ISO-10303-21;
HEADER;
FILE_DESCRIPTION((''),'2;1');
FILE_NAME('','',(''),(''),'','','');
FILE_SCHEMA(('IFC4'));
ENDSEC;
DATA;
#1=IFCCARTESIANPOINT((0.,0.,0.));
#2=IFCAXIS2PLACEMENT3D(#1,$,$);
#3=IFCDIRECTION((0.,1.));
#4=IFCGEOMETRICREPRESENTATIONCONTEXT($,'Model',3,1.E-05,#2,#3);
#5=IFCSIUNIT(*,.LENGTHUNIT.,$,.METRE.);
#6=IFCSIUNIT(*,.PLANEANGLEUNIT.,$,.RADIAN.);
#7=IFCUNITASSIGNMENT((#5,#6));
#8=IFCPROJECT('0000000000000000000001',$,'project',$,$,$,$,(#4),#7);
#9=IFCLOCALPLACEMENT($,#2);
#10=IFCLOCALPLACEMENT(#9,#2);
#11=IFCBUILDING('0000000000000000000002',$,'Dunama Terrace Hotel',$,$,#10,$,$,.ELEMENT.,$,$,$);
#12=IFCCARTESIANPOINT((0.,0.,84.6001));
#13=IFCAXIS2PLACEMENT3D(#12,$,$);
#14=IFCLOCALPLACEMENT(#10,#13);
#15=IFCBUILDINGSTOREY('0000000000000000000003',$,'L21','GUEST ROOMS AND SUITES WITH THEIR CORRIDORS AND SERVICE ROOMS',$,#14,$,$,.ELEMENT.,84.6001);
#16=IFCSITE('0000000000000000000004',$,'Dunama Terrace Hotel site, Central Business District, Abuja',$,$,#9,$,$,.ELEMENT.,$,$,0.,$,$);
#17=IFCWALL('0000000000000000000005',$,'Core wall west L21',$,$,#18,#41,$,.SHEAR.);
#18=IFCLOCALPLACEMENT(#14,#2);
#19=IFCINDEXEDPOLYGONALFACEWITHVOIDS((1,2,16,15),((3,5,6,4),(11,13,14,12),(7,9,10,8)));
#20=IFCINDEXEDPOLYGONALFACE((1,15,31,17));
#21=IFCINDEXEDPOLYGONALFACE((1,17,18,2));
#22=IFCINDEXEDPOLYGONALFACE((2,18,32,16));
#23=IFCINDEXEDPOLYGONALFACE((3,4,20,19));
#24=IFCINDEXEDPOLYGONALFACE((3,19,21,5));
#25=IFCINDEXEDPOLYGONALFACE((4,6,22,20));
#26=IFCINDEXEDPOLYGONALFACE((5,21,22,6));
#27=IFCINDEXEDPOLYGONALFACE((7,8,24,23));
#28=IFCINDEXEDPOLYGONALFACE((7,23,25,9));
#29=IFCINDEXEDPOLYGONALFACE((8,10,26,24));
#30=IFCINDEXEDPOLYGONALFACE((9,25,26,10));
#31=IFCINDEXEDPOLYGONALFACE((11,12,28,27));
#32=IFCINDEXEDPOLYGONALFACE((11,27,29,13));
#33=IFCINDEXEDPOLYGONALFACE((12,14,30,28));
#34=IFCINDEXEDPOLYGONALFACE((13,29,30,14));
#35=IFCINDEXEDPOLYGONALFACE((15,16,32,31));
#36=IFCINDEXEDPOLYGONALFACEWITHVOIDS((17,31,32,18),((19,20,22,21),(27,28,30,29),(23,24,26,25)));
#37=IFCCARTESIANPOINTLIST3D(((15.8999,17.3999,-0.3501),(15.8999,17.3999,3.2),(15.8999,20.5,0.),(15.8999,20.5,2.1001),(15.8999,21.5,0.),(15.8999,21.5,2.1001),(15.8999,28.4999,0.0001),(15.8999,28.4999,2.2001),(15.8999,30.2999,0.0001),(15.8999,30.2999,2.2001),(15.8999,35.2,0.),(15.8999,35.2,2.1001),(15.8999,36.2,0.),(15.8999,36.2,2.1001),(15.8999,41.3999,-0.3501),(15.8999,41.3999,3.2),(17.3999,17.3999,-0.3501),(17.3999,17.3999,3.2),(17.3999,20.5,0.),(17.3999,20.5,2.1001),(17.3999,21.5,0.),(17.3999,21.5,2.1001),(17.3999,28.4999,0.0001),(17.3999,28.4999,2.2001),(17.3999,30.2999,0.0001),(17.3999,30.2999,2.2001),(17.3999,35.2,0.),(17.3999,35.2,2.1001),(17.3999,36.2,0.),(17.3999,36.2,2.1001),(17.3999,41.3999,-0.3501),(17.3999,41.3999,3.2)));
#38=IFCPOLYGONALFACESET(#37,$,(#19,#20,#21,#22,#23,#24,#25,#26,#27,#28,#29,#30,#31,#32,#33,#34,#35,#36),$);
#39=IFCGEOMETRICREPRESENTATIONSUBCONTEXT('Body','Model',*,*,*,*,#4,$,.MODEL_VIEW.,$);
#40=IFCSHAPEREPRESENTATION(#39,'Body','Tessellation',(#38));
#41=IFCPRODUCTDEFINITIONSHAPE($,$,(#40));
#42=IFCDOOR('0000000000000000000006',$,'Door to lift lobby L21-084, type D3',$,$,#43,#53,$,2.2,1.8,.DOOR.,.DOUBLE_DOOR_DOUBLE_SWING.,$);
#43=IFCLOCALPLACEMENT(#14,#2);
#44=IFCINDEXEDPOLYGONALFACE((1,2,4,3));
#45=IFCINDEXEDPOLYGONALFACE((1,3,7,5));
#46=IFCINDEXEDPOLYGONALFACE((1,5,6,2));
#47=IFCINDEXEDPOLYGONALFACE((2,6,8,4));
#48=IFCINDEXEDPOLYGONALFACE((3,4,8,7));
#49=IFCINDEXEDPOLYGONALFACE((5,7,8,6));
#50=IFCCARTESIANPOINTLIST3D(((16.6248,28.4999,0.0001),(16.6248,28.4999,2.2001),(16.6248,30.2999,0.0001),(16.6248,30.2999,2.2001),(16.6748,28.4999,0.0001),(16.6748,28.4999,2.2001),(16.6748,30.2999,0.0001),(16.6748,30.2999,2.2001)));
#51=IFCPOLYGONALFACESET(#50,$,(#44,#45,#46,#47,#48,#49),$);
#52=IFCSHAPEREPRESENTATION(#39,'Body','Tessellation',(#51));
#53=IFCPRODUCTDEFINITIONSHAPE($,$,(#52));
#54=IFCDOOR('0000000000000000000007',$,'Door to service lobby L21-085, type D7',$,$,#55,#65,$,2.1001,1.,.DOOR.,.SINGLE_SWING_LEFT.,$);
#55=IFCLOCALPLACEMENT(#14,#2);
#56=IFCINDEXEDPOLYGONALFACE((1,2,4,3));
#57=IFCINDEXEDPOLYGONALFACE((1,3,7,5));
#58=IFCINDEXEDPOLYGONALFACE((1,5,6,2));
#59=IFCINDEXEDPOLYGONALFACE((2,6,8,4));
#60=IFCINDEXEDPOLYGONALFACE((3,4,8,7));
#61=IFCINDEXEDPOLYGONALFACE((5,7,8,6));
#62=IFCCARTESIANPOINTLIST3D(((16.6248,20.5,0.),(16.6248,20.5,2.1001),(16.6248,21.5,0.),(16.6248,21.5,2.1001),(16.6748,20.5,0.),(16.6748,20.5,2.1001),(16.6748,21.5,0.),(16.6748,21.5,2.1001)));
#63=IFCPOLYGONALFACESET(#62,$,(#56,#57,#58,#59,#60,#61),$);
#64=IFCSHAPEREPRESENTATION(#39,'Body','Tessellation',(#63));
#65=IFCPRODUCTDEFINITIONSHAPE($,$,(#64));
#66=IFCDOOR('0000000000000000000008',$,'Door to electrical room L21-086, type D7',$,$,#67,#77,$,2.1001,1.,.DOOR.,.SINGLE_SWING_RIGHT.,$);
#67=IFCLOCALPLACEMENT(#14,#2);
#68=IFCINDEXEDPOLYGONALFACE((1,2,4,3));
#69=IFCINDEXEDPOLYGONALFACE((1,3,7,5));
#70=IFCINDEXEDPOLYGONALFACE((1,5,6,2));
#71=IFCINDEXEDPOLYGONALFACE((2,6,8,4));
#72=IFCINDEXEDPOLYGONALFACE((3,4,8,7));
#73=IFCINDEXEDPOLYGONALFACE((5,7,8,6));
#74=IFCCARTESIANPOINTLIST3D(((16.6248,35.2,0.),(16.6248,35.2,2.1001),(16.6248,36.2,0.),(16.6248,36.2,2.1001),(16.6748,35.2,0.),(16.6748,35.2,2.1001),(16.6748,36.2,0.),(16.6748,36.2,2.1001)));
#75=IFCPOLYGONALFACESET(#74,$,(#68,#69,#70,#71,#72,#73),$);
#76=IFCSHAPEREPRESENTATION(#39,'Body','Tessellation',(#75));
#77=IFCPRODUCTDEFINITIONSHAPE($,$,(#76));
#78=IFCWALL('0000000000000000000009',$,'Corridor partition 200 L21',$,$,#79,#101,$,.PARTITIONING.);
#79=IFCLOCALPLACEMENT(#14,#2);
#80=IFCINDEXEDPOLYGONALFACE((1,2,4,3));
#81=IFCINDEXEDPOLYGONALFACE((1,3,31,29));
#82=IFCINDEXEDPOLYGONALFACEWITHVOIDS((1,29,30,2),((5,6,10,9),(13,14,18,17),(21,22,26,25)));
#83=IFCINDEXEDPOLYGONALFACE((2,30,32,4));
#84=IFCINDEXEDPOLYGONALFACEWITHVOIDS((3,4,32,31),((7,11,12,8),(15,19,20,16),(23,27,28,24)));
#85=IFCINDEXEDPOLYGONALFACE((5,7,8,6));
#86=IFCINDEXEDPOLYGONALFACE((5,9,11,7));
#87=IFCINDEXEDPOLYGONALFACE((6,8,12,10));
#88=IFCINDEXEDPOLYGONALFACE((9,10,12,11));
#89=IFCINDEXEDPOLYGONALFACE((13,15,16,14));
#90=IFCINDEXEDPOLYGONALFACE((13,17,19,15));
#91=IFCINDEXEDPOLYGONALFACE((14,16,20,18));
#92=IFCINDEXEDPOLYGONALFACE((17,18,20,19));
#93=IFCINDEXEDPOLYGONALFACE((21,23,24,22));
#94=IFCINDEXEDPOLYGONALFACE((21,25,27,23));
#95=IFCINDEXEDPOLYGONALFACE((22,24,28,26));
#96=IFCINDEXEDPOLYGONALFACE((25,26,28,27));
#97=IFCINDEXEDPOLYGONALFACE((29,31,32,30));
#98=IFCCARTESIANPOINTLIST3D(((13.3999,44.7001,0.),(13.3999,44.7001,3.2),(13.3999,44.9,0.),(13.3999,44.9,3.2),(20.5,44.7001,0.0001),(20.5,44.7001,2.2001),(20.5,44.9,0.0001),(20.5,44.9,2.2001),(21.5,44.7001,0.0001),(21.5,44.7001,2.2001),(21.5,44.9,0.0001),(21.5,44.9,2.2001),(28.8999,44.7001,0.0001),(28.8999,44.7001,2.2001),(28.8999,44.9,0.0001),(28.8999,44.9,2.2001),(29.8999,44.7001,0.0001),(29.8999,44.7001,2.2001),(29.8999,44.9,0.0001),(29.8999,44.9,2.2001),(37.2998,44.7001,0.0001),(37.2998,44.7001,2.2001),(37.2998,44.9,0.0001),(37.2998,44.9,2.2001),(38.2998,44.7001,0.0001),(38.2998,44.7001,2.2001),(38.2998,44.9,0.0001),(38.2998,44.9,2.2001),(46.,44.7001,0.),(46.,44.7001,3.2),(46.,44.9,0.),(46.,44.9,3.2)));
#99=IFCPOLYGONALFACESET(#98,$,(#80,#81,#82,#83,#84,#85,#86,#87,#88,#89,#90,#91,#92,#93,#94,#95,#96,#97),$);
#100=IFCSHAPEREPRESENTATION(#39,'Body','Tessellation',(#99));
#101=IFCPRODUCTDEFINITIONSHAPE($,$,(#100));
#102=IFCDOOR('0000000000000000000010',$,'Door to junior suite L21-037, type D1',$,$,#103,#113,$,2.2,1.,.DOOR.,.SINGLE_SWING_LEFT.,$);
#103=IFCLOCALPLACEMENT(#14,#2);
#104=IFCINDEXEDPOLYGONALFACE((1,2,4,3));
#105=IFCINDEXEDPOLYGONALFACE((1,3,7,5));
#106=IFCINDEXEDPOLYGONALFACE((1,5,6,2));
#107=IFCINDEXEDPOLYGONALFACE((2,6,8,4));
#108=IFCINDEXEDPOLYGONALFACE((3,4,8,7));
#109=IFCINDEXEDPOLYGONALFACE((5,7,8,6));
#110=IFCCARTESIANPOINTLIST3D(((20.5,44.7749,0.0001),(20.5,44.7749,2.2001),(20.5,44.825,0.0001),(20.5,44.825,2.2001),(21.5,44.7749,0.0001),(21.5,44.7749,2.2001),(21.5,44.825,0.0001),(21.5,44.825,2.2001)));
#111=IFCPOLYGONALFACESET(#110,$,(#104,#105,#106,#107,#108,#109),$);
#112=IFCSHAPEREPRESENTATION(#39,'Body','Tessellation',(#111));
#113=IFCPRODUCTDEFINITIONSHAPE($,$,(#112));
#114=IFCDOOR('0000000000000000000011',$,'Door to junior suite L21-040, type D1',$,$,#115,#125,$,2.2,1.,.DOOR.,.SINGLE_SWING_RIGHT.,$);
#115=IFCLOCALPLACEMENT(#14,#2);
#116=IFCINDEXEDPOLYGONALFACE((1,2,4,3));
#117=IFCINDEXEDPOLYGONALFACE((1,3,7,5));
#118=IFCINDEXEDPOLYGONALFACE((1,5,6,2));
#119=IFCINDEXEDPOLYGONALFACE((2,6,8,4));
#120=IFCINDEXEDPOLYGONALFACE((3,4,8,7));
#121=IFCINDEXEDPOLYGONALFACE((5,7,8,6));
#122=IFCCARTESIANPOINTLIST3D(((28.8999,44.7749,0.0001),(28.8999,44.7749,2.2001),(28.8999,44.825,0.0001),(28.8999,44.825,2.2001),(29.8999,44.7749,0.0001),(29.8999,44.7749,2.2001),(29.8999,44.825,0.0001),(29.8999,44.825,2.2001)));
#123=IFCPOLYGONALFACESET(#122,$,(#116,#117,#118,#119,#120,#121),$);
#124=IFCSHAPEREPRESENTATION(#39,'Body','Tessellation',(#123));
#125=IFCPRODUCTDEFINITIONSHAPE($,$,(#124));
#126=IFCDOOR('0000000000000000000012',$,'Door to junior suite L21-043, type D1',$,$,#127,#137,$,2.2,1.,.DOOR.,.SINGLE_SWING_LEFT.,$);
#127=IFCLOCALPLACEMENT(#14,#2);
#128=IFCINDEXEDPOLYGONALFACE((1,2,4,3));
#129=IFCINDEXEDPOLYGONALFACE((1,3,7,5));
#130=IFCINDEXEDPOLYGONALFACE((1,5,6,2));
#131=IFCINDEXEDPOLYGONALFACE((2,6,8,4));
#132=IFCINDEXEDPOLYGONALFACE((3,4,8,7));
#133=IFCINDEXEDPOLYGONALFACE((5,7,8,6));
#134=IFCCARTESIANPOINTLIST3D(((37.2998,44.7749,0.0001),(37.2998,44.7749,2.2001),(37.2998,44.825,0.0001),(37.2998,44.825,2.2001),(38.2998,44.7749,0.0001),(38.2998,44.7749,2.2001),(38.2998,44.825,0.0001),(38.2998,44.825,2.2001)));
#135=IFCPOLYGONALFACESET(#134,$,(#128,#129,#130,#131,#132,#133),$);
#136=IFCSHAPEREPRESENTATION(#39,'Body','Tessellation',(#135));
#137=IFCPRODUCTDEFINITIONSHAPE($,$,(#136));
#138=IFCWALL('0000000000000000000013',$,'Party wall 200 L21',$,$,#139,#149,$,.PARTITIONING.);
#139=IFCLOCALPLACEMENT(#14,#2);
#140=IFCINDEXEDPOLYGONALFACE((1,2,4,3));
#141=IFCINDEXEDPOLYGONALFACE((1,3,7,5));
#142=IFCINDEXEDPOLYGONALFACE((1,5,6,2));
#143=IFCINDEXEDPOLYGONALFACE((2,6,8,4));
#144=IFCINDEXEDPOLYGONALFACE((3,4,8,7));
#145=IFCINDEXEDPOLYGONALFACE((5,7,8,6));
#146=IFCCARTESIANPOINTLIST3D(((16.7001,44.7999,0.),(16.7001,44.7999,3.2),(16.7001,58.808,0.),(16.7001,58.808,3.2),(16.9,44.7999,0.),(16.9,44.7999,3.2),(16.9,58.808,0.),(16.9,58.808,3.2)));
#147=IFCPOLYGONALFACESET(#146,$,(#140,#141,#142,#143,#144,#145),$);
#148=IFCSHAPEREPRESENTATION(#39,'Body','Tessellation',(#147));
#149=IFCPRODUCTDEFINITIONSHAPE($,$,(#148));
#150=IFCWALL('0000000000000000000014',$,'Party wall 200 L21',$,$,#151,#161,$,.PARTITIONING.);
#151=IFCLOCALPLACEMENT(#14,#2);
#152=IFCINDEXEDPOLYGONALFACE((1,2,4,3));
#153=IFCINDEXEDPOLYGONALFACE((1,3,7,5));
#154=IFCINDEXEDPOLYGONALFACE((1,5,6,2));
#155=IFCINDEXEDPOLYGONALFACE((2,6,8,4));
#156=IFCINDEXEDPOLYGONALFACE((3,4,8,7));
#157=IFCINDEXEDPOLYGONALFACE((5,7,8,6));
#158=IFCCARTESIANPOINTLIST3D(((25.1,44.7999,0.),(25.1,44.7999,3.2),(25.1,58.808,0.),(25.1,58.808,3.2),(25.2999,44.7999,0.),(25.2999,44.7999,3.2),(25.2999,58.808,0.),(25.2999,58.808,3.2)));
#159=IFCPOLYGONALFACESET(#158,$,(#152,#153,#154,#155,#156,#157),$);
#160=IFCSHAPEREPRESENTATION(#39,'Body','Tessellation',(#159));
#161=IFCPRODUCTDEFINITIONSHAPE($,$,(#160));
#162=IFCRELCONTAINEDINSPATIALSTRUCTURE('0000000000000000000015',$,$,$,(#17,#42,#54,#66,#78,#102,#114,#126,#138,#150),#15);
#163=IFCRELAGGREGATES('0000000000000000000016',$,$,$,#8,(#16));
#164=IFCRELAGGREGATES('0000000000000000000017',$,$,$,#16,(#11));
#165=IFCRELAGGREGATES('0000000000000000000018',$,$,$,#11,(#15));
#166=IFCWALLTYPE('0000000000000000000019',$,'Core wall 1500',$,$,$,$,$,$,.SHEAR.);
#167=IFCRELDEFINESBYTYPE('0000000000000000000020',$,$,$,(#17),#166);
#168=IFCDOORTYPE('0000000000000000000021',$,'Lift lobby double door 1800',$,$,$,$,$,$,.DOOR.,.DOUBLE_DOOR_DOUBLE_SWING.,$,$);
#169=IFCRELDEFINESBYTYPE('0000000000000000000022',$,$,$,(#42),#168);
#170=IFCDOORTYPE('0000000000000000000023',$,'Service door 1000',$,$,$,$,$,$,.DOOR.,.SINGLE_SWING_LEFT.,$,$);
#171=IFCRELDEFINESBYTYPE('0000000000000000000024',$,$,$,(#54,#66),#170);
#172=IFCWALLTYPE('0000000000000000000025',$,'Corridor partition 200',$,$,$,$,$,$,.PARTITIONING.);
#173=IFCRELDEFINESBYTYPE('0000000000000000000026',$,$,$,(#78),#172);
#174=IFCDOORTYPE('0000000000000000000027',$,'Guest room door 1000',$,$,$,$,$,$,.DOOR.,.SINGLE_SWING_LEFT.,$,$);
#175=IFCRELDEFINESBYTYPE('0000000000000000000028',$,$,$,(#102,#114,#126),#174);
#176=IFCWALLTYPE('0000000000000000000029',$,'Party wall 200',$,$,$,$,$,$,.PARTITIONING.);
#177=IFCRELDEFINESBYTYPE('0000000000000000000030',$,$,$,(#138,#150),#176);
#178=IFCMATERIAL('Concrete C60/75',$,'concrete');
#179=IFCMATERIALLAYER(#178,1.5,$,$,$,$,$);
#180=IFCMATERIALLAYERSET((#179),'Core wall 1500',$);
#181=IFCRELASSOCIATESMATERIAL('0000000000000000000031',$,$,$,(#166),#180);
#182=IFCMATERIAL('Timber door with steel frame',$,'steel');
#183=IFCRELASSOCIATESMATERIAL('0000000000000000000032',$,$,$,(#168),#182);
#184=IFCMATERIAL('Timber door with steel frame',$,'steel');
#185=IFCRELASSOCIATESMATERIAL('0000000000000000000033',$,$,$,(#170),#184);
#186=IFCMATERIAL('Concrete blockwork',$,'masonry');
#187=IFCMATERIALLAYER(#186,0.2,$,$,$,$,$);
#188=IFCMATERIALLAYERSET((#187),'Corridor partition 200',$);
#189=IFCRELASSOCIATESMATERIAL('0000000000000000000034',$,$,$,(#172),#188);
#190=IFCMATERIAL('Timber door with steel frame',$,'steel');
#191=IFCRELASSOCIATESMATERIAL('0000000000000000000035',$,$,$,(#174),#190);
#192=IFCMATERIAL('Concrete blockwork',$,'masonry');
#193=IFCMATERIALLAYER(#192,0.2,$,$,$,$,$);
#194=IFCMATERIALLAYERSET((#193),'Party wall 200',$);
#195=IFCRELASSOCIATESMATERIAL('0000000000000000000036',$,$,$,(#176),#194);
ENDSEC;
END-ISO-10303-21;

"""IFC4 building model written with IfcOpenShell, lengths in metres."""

from ifc_helpers import new_model, si_unit, direction, frame, frame_2d, origin, place, context, subcontext, project, spatial, rectangle, extrude, material, layer, layer_set, type_object, element, fill, save


model = new_model("IFC4")

# Units and contexts
model_context = context("Model", 3, precision=1e-05, world=origin(), true_north=direction((0.0, 1.0)))
body_context = subcontext(model_context, "Body", "Model", "MODEL_VIEW")
ifc_project = project(units=[si_unit("LENGTHUNIT", "METRE"), si_unit("PLANEANGLEUNIT", "RADIAN")], contexts=[model_context])

# Site, building, storey
site_placement = place(None, origin())
site = spatial("IfcSite", under=ifc_project, at=site_placement, Name="Dunama Terrace Hotel site, Central Business District, Abuja", CompositionType="ELEMENT", RefElevation=0.0)
building_placement = place(site_placement, origin())
building = spatial("IfcBuilding", under=site, at=building_placement, Name="Dunama Terrace Hotel", CompositionType="ELEMENT")
storey_placement = place(building_placement, frame((0.0, 0.0, 84.6001)))
storey = spatial("IfcBuildingStorey", under=building, at=storey_placement, Name="L21", Description="GUEST ROOMS AND SUITES WITH THEIR CORRIDORS AND SERVICE ROOMS", CompositionType="ELEMENT", Elevation=84.6001)

# Walls, openings, doors
ifc_material_1 = material(Name="Concrete C60/75", Category="concrete")
ifc_layer_1 = layer(ifc_material_1, 1.5)
ifc_layer_set_1 = layer_set([ifc_layer_1], Name="Core wall 1500")
wall_type_1 = type_object("IfcWallType", Name="Core wall 1500", PredefinedType="SHEAR", material=ifc_layer_set_1)
wall_1_placement = place(storey_placement, frame((16.6499, 41.3999, -0.3501), z_axis=(0.0, 0.0, 1.0), x_axis=(0.0, -1.0, 0.0)))
wall_1 = element("IfcWall", 1, at=wall_1_placement, inside=storey, type_object=wall_type_1, Name="Core wall west L21", PredefinedType="SHEAR", context=body_context, shape_type="SweptSolid", body=[
    extrude(rectangle(XDim=24.0, YDim=1.5, at=frame_2d((12.0, 0.0))), origin(), (0.0, 0.0, 1.0), 3.55),
])
opening_1_placement = place(wall_1_placement, frame((11.1001, 0.0, 0.3501)))
opening_1 = element("IfcOpeningElement", 2, at=opening_1_placement, cuts=wall_1, PredefinedType="OPENING", context=body_context, shape_type="SweptSolid", body=[
    extrude(rectangle(XDim=1.8, YDim=2.2, at=frame_2d((0.8999, 1.1001))), frame((0.0, 0.76, 0.0), z_axis=(0.0, -1.0, 0.0), x_axis=(1.0, 0.0, 0.0)), (0.0, 0.0, 1.0), 1.52),
])
opening_2_placement = place(wall_1_placement, frame((19.8999, 0.0, 0.3501)))
opening_2 = element("IfcOpeningElement", 3, at=opening_2_placement, cuts=wall_1, PredefinedType="OPENING", context=body_context, shape_type="SweptSolid", body=[
    extrude(rectangle(XDim=1.0, YDim=2.1001, at=frame_2d((0.5, 1.05))), frame((0.0, 0.76, 0.0), z_axis=(0.0, -1.0, 0.0), x_axis=(1.0, 0.0, 0.0)), (0.0, 0.0, 1.0), 1.52),
])
opening_3_placement = place(wall_1_placement, frame((5.2, 0.0, 0.3501)))
opening_3 = element("IfcOpeningElement", 4, at=opening_3_placement, cuts=wall_1, PredefinedType="OPENING", context=body_context, shape_type="SweptSolid", body=[
    extrude(rectangle(XDim=1.0, YDim=2.1001, at=frame_2d((0.5, 1.05))), frame((0.0, 0.76, 0.0), z_axis=(0.0, -1.0, 0.0), x_axis=(1.0, 0.0, 0.0)), (0.0, 0.0, 1.0), 1.52),
])
ifc_material_2 = material(Name="Timber door with steel frame", Category="steel")
door_type_1 = type_object("IfcDoorType", Name="Lift lobby double door 1800", OperationType="DOUBLE_DOOR_DOUBLE_SWING", PredefinedType="DOOR", material=ifc_material_2)
door_1_placement = place(opening_1_placement, origin())
door_1 = element("IfcDoor", 5, at=door_1_placement, inside=storey, type_object=door_type_1, Name="Door to lift lobby L21-084, type D3", OperationType="DOUBLE_DOOR_DOUBLE_SWING", OverallHeight=2.2, OverallWidth=1.8, PredefinedType="DOOR", context=body_context, shape_type="SweptSolid", body=[
    extrude(rectangle(XDim=1.8, YDim=2.2, at=frame_2d((0.8999, 1.1001))), frame((0.0, 0.0249, 0.0), z_axis=(0.0, -1.0, 0.0), x_axis=(1.0, 0.0, 0.0)), (0.0, 0.0, 1.0), 0.05),
])
fill(opening_1, door_1)
ifc_material_3 = material(Name="Timber door with steel frame", Category="steel")
door_type_2 = type_object("IfcDoorType", Name="Service door 1000", OperationType="SINGLE_SWING_LEFT", PredefinedType="DOOR", material=ifc_material_3)
door_2_placement = place(opening_2_placement, origin())
door_2 = element("IfcDoor", 6, at=door_2_placement, inside=storey, type_object=door_type_2, Name="Door to service lobby L21-085, type D7", OperationType="SINGLE_SWING_LEFT", OverallHeight=2.1001, OverallWidth=1.0, PredefinedType="DOOR", context=body_context, shape_type="SweptSolid", body=[
    extrude(rectangle(XDim=1.0, YDim=2.1001, at=frame_2d((0.5, 1.05))), frame((0.0, 0.0249, 0.0), z_axis=(0.0, -1.0, 0.0), x_axis=(1.0, 0.0, 0.0)), (0.0, 0.0, 1.0), 0.05),
])
fill(opening_2, door_2)
door_3_placement = place(opening_3_placement, origin())
door_3 = element("IfcDoor", 7, at=door_3_placement, inside=storey, type_object=door_type_2, Name="Door to electrical room L21-086, type D7", OperationType="SINGLE_SWING_RIGHT", OverallHeight=2.1001, OverallWidth=1.0, PredefinedType="DOOR", context=body_context, shape_type="SweptSolid", body=[
    extrude(rectangle(XDim=1.0, YDim=2.1001, at=frame_2d((0.5, 1.05))), frame((0.0, 0.0249, 0.0), z_axis=(0.0, -1.0, 0.0), x_axis=(1.0, 0.0, 0.0)), (0.0, 0.0, 1.0), 0.05),
])
fill(opening_3, door_3)
ifc_material_4 = material(Name="Concrete blockwork", Category="masonry")
ifc_layer_2 = layer(ifc_material_4, 0.2)
ifc_layer_set_2 = layer_set([ifc_layer_2], Name="Corridor partition 200")
wall_type_2 = type_object("IfcWallType", Name="Corridor partition 200", PredefinedType="PARTITIONING", material=ifc_layer_set_2)
wall_2_placement = place(storey_placement, frame((13.3999, 44.8, 0.0), z_axis=(0.0, 0.0, 1.0), x_axis=(1.0, 0.0, 0.0)))
wall_2 = element("IfcWall", 8, at=wall_2_placement, inside=storey, type_object=wall_type_2, Name="Corridor partition 200 L21", PredefinedType="PARTITIONING", context=body_context, shape_type="SweptSolid", body=[
    extrude(rectangle(XDim=32.6001, YDim=0.2, at=frame_2d((16.3, 0.0))), origin(), (0.0, 0.0, 1.0), 3.2),
])
opening_4_placement = place(wall_2_placement, frame((7.1001, 0.0, 0.0)))
opening_4 = element("IfcOpeningElement", 9, at=opening_4_placement, cuts=wall_2, PredefinedType="OPENING", context=body_context, shape_type="SweptSolid", body=[
    extrude(rectangle(XDim=1.0, YDim=2.2, at=frame_2d((0.5, 1.1001))), frame((0.0, 0.1099, 0.0), z_axis=(0.0, -1.0, 0.0), x_axis=(1.0, 0.0, 0.0)), (0.0, 0.0, 1.0), 0.22),
])
opening_5_placement = place(wall_2_placement, frame((15.5, 0.0, 0.0)))
opening_5 = element("IfcOpeningElement", 10, at=opening_5_placement, cuts=wall_2, PredefinedType="OPENING", context=body_context, shape_type="SweptSolid", body=[
    extrude(rectangle(XDim=1.0, YDim=2.2, at=frame_2d((0.5, 1.1001))), frame((0.0, 0.1099, 0.0), z_axis=(0.0, -1.0, 0.0), x_axis=(1.0, 0.0, 0.0)), (0.0, 0.0, 1.0), 0.22),
])
opening_6_placement = place(wall_2_placement, frame((23.8999, 0.0, 0.0)))
opening_6 = element("IfcOpeningElement", 11, at=opening_6_placement, cuts=wall_2, PredefinedType="OPENING", context=body_context, shape_type="SweptSolid", body=[
    extrude(rectangle(XDim=1.0, YDim=2.2, at=frame_2d((0.5, 1.1001))), frame((0.0, 0.1099, 0.0), z_axis=(0.0, -1.0, 0.0), x_axis=(1.0, 0.0, 0.0)), (0.0, 0.0, 1.0), 0.22),
])
ifc_material_5 = material(Name="Timber door with steel frame", Category="steel")
door_type_3 = type_object("IfcDoorType", Name="Guest room door 1000", OperationType="SINGLE_SWING_LEFT", PredefinedType="DOOR", material=ifc_material_5)
door_4_placement = place(opening_4_placement, origin())
door_4 = element("IfcDoor", 12, at=door_4_placement, inside=storey, type_object=door_type_3, Name="Door to junior suite L21-037, type D1", OperationType="SINGLE_SWING_LEFT", OverallHeight=2.2, OverallWidth=1.0, PredefinedType="DOOR", context=body_context, shape_type="SweptSolid", body=[
    extrude(rectangle(XDim=1.0, YDim=2.2, at=frame_2d((0.5, 1.1001))), frame((0.0, 0.0249, 0.0), z_axis=(0.0, -1.0, 0.0), x_axis=(1.0, 0.0, 0.0)), (0.0, 0.0, 1.0), 0.05),
])
fill(opening_4, door_4)
door_5_placement = place(opening_5_placement, origin())
door_5 = element("IfcDoor", 13, at=door_5_placement, inside=storey, type_object=door_type_3, Name="Door to junior suite L21-040, type D1", OperationType="SINGLE_SWING_RIGHT", OverallHeight=2.2, OverallWidth=1.0, PredefinedType="DOOR", context=body_context, shape_type="SweptSolid", body=[
    extrude(rectangle(XDim=1.0, YDim=2.2, at=frame_2d((0.5, 1.1001))), frame((0.0, 0.0249, 0.0), z_axis=(0.0, -1.0, 0.0), x_axis=(1.0, 0.0, 0.0)), (0.0, 0.0, 1.0), 0.05),
])
fill(opening_5, door_5)
door_6_placement = place(opening_6_placement, origin())
door_6 = element("IfcDoor", 14, at=door_6_placement, inside=storey, type_object=door_type_3, Name="Door to junior suite L21-043, type D1", OperationType="SINGLE_SWING_LEFT", OverallHeight=2.2, OverallWidth=1.0, PredefinedType="DOOR", context=body_context, shape_type="SweptSolid", body=[
    extrude(rectangle(XDim=1.0, YDim=2.2, at=frame_2d((0.5, 1.1001))), frame((0.0, 0.0249, 0.0), z_axis=(0.0, -1.0, 0.0), x_axis=(1.0, 0.0, 0.0)), (0.0, 0.0, 1.0), 0.05),
])
fill(opening_6, door_6)

# Walls
ifc_material_6 = material(Name="Concrete blockwork", Category="masonry")
ifc_layer_3 = layer(ifc_material_6, 0.2)
ifc_layer_set_3 = layer_set([ifc_layer_3], Name="Party wall 200")
wall_type_3 = type_object("IfcWallType", Name="Party wall 200", PredefinedType="PARTITIONING", material=ifc_layer_set_3)
for number, where, z_axis, x_axis, name in (
    (15, (16.8, 44.8, 0.0), (0.0, 0.0, 1.0), (0.0, 1.0, 0.0), "Party wall 200 L21"),
    (16, (25.2, 44.8, 0.0), (0.0, 0.0, 1.0), (0.0, 1.0, 0.0), "Party wall 200 L21"),
):
    element("IfcWall", number, at=place(storey_placement, frame(where, z_axis=z_axis, x_axis=x_axis)), inside=storey, type_object=wall_type_3, Name=name, PredefinedType="PARTITIONING", context=body_context, shape_type="SweptSolid", body=[
        extrude(rectangle(XDim=14.0081, YDim=0.2, at=frame_2d((7.0039, 0.0))), origin(), (0.0, 0.0, 1.0), 3.2),
    ])

save(model, "model.ifc")
